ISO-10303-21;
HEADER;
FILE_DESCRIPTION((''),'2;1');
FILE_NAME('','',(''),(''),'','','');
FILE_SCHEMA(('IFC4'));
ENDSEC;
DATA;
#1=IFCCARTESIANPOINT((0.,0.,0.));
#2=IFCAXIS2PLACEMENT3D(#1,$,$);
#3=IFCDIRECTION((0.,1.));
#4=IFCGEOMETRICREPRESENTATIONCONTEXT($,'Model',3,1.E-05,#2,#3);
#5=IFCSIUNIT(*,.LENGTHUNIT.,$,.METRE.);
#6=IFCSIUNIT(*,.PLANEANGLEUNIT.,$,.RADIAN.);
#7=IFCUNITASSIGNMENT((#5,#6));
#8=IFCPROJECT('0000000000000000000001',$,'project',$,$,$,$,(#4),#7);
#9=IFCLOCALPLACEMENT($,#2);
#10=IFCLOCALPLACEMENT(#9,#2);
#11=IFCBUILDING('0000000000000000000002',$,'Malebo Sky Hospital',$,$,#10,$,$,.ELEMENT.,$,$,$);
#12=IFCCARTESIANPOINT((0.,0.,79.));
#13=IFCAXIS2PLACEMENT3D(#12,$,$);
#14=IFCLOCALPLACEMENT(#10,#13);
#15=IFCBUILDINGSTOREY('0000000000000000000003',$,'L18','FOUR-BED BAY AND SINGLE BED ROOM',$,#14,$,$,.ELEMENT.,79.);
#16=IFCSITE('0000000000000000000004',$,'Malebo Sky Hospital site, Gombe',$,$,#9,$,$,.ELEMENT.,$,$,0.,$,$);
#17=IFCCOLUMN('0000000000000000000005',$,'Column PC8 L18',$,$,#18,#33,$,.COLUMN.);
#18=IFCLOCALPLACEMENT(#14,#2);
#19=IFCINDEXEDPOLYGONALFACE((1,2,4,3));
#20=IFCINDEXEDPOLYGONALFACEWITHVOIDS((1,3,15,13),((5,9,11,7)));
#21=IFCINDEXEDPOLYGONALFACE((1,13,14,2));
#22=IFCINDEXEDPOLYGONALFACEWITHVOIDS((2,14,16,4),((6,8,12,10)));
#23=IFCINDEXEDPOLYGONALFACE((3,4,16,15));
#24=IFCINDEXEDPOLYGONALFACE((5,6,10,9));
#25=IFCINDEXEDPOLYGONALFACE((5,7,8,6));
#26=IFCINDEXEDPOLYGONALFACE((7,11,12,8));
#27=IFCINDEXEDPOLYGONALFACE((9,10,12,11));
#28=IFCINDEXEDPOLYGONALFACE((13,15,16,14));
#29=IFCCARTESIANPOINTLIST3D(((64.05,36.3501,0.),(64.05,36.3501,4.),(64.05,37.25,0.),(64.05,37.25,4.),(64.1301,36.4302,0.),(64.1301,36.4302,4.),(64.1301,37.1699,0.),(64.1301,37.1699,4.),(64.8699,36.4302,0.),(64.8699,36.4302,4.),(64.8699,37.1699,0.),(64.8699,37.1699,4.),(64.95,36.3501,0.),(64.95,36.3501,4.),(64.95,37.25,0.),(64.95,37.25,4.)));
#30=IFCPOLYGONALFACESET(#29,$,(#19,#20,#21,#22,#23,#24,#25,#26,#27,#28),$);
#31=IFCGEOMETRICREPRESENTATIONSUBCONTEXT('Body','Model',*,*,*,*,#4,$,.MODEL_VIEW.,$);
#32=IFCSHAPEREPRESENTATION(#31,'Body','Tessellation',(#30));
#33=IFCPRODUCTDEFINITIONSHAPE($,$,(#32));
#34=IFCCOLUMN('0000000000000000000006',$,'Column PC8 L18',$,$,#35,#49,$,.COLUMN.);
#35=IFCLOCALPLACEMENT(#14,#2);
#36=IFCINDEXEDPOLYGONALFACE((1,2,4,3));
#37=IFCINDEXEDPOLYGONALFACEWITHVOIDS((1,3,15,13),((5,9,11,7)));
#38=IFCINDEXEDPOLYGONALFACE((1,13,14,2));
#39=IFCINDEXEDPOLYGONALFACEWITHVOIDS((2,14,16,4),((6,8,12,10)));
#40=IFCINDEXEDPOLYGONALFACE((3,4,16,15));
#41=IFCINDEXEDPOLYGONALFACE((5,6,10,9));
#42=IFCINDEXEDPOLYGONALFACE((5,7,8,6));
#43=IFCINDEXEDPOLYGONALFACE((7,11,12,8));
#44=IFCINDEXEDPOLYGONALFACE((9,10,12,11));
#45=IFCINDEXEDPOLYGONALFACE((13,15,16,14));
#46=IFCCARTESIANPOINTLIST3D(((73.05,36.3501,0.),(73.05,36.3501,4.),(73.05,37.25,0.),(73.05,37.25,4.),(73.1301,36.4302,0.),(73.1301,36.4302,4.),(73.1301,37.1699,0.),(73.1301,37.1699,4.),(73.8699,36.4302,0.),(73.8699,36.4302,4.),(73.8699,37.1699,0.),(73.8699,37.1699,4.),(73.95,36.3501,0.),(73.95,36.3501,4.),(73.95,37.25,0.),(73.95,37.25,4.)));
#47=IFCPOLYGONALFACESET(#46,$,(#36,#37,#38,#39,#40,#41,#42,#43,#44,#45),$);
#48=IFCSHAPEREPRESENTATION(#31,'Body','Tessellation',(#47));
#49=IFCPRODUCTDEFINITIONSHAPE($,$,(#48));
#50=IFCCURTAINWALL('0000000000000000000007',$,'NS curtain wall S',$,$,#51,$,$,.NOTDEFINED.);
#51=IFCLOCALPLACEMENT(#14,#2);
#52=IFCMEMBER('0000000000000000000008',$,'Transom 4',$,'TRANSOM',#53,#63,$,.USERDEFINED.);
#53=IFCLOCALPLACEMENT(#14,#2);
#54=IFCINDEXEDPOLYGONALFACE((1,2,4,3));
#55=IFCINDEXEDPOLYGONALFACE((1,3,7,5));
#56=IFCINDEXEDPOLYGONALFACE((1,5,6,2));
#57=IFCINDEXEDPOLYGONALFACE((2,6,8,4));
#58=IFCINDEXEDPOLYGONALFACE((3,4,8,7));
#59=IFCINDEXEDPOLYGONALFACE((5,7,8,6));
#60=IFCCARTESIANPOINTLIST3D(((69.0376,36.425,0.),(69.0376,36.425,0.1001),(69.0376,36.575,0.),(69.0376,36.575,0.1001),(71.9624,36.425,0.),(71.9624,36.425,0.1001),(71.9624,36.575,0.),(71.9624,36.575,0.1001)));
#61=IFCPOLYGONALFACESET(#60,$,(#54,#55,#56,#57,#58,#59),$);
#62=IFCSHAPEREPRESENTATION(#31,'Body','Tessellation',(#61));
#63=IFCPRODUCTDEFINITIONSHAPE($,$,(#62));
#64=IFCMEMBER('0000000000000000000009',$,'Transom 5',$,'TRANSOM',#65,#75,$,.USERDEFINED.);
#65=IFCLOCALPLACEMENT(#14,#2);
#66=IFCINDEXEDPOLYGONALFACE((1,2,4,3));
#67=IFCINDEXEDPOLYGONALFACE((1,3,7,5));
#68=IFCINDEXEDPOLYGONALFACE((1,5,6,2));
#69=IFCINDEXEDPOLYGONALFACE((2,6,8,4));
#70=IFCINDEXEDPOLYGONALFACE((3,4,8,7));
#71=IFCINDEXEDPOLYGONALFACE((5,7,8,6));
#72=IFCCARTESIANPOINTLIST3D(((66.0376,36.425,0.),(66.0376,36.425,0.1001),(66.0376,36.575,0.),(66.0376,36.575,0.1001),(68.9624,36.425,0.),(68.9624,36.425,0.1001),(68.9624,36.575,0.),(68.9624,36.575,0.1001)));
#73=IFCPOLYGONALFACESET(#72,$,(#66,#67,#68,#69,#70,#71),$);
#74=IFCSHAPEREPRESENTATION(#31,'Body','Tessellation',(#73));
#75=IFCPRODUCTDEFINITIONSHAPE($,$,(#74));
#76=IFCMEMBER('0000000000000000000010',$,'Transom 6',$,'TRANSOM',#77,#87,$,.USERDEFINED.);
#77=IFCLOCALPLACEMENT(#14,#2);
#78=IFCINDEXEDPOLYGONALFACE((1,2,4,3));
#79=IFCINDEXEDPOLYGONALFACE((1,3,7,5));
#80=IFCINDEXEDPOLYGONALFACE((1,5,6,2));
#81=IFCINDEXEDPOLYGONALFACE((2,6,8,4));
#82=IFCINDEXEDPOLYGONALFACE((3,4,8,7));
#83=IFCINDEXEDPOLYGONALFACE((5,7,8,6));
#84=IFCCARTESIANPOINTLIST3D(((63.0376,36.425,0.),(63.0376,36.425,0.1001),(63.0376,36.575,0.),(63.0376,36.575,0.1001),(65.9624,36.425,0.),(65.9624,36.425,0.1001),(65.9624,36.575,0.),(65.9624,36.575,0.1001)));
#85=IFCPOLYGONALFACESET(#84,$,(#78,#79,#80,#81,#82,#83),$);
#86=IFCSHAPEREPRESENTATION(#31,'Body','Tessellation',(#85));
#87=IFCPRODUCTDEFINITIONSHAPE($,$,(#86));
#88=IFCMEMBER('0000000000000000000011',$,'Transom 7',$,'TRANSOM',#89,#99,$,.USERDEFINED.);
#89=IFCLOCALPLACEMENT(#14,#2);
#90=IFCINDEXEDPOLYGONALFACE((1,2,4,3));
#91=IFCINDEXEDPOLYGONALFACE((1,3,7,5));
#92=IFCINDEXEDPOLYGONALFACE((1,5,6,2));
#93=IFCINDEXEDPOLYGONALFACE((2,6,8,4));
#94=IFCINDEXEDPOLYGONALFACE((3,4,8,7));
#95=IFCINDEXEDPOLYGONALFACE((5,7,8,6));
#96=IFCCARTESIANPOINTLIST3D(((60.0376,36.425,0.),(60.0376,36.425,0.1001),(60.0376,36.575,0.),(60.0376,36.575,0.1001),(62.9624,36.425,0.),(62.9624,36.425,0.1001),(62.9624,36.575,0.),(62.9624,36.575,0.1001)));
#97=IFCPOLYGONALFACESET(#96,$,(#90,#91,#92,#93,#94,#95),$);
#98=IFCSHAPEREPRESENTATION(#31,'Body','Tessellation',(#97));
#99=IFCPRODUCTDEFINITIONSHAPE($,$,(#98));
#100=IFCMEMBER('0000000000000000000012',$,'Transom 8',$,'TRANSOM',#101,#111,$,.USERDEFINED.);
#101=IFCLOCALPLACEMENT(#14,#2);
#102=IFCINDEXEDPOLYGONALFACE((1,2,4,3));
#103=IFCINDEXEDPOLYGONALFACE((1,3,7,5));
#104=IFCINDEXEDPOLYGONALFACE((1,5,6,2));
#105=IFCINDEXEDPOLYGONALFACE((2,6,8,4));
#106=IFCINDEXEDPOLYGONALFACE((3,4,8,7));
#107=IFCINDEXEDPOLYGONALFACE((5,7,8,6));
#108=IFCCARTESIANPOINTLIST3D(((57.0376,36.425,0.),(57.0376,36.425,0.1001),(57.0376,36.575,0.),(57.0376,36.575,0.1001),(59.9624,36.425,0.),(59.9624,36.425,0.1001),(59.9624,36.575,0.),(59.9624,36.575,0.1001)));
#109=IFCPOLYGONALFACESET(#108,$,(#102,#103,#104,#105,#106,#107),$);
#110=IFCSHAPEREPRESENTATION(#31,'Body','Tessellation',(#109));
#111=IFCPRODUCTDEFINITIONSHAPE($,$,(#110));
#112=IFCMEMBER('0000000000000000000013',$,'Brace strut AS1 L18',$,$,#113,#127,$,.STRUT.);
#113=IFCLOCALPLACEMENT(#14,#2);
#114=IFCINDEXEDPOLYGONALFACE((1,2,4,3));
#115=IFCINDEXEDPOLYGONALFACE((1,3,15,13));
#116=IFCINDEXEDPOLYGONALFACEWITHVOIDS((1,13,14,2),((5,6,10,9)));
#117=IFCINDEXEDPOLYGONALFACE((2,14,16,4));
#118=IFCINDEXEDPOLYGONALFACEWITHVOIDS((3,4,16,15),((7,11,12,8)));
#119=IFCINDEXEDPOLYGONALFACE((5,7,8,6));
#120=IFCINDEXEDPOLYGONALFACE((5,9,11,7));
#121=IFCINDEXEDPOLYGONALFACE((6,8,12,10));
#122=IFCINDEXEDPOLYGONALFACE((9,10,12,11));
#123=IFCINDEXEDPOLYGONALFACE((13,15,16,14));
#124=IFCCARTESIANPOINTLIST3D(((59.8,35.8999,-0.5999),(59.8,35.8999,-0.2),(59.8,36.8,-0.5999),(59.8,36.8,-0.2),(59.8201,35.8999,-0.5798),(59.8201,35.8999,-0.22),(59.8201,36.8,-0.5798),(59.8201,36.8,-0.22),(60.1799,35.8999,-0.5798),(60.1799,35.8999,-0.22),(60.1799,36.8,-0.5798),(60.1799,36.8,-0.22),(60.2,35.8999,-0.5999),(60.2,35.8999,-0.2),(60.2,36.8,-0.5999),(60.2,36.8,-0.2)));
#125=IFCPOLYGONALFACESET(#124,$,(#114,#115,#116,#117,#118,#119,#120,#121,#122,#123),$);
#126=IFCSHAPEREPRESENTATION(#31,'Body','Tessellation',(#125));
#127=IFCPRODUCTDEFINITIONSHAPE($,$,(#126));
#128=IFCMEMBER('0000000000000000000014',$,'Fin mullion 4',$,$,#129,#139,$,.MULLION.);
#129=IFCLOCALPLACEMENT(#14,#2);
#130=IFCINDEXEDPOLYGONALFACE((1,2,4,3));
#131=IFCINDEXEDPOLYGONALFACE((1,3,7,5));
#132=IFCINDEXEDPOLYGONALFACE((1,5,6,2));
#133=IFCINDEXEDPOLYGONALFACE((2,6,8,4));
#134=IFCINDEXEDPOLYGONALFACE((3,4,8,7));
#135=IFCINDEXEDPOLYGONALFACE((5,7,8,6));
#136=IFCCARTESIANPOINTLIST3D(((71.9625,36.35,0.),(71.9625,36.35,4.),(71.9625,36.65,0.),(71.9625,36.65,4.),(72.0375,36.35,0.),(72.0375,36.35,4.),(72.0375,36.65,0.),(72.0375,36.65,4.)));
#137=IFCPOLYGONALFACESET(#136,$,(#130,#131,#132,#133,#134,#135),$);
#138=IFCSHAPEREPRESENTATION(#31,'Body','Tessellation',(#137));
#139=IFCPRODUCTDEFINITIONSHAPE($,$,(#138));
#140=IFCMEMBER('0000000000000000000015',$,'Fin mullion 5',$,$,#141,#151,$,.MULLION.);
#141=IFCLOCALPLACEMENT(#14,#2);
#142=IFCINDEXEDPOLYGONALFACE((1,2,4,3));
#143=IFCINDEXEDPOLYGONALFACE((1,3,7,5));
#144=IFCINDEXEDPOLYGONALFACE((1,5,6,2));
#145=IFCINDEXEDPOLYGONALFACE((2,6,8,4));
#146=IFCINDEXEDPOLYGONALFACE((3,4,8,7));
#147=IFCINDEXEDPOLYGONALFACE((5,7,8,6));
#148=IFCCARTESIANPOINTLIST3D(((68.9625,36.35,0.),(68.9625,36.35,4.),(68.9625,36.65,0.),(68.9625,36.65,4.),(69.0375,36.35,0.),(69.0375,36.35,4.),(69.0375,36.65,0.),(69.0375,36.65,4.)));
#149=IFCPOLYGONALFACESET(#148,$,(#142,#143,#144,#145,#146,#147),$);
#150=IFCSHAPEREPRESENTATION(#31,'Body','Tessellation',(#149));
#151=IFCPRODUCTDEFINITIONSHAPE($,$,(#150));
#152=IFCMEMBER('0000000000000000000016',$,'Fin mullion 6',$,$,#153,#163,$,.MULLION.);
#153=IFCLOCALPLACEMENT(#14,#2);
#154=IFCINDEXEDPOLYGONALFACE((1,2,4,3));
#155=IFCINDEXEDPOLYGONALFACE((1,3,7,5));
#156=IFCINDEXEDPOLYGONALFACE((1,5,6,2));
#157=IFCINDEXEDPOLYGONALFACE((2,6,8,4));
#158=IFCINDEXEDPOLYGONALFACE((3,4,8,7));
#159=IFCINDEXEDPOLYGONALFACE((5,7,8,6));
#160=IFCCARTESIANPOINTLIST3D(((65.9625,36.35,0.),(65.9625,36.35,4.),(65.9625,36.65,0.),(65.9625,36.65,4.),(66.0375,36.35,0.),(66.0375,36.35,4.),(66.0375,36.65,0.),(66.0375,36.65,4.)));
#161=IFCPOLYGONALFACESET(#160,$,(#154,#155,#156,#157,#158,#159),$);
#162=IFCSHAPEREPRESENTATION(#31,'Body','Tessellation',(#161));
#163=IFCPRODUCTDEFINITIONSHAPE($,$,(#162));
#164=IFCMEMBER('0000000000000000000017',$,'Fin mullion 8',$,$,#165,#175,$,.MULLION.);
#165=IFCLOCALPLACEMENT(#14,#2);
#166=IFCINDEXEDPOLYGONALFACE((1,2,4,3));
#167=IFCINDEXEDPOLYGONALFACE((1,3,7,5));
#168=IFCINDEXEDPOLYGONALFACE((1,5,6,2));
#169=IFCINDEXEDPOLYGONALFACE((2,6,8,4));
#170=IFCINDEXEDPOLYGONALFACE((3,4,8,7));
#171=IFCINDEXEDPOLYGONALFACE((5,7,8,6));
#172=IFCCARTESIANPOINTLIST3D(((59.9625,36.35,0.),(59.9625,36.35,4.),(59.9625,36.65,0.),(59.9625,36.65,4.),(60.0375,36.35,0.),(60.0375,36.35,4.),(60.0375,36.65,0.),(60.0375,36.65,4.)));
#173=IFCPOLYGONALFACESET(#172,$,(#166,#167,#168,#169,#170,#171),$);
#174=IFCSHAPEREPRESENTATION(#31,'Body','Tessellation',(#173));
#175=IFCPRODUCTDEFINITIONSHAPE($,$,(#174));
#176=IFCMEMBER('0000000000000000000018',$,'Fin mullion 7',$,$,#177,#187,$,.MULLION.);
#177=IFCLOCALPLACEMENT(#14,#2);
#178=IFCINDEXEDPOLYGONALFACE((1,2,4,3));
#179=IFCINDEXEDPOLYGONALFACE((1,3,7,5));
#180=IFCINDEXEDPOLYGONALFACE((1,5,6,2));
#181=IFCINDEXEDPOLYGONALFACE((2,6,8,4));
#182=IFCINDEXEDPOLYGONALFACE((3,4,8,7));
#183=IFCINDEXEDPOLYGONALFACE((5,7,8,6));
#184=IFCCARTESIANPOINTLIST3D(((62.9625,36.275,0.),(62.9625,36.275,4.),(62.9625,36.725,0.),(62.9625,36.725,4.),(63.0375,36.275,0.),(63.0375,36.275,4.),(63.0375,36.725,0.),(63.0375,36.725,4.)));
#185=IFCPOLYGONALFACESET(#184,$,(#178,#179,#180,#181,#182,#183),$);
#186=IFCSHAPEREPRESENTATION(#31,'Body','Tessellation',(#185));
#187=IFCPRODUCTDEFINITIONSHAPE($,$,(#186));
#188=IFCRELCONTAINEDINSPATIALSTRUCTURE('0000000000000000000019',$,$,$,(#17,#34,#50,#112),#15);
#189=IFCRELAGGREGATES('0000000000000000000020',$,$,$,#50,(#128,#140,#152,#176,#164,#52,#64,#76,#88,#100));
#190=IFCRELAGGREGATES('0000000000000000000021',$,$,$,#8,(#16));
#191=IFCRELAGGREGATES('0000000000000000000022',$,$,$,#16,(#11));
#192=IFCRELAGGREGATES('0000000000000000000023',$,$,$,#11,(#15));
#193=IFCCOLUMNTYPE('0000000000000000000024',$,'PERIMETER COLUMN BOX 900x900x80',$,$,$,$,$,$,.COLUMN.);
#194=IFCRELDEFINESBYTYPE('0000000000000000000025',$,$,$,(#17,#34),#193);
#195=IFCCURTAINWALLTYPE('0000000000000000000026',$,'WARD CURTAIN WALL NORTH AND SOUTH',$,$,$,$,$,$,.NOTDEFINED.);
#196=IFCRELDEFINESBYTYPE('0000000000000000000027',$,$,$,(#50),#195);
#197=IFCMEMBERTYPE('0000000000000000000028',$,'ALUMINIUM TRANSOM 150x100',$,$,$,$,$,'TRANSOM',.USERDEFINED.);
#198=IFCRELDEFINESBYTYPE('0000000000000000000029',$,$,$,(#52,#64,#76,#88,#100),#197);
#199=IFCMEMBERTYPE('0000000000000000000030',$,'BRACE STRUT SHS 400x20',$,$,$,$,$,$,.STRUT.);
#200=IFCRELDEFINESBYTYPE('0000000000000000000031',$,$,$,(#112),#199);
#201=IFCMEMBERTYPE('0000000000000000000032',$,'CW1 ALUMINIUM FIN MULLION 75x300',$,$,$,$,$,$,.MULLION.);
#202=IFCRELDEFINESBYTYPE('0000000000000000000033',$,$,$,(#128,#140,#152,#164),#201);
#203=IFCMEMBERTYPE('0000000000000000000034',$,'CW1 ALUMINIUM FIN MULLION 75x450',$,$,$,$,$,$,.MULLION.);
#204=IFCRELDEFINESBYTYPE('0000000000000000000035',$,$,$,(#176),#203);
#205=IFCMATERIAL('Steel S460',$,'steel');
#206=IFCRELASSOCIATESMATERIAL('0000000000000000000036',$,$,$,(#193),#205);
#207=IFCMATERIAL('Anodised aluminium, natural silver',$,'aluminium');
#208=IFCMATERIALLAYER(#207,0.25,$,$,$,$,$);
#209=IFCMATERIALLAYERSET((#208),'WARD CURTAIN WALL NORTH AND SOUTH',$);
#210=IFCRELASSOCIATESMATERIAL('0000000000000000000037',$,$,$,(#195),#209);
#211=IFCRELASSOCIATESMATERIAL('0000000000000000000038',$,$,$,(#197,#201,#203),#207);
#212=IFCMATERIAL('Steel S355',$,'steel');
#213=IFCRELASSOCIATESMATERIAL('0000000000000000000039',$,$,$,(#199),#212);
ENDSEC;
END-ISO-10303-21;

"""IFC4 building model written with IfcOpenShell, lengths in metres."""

from ifc_helpers import new_model, si_unit, direction, frame, origin, origin_2d, place, context, subcontext, project, spatial, rectangle, hollow_rectangle, extrude, material, layer, layer_set, material_profile, profile_set, type_object, element, aggregate, save


model = new_model("IFC4")

# Units and contexts
model_context = context("Model", 3, precision=1e-05, world=origin(), true_north=direction((0.0, 1.0)))
body_context = subcontext(model_context, "Body", "Model", "MODEL_VIEW")
ifc_project = project(units=[si_unit("LENGTHUNIT", "METRE"), si_unit("PLANEANGLEUNIT", "RADIAN")], contexts=[model_context])

# Site, building, storey
site_placement = place(None, origin())
site = spatial("IfcSite", under=ifc_project, at=site_placement, Name="Malebo Sky Hospital site, Gombe", CompositionType="ELEMENT", RefElevation=0.0)
building_placement = place(site_placement, origin())
building = spatial("IfcBuilding", under=site, at=building_placement, Name="Malebo Sky Hospital", CompositionType="ELEMENT")
storey_placement = place(building_placement, frame((0.0, 0.0, 79.0)))
storey = spatial("IfcBuildingStorey", under=building, at=storey_placement, Name="L18", Description="FOUR-BED BAY AND SINGLE BED ROOM", CompositionType="ELEMENT", Elevation=79.0)

# Columns
ifc_material_1 = material(Name="Steel S460", Category="steel")
ifc_material_profile_1 = material_profile(ifc_material_1, hollow_rectangle(XDim=0.8999, YDim=0.8999, WallThickness=0.0801, at=origin_2d()), Name="BOX 900x900x80")
ifc_profile_set_1 = profile_set([ifc_material_profile_1], Name="Steel S460")
column_type = type_object("IfcColumnType", Name="PERIMETER COLUMN BOX 900x900x80", PredefinedType="COLUMN", material=ifc_profile_set_1)
for number, where, z_axis, x_axis, name in (
    (1, (64.5, 36.8, 0.0), (0.0, 0.0, 1.0), (1.0, 0.0, 0.0), "Column PC8 L18"),
    (2, (73.5, 36.8, 0.0), (0.0, 0.0, 1.0), (1.0, 0.0, 0.0), "Column PC8 L18"),
):
    element("IfcColumn", number, at=place(storey_placement, frame(where, z_axis=z_axis, x_axis=x_axis)), inside=storey, type_object=column_type, Name=name, PredefinedType="COLUMN", context=body_context, shape_type="SweptSolid", body=[
        extrude(hollow_rectangle(XDim=0.8999, YDim=0.8999, WallThickness=0.0801, at=origin_2d()), origin(), (0.0, 0.0, 1.0), 4.0),
    ])

# Curtain wall, members
ifc_material_2 = material(Name="Anodised aluminium, natural silver", Category="aluminium")
ifc_layer_1 = layer(ifc_material_2, 0.25)
ifc_layer_set_1 = layer_set([ifc_layer_1], Name="WARD CURTAIN WALL NORTH AND SOUTH")
curtain_wall_type = type_object("IfcCurtainWallType", Name="WARD CURTAIN WALL NORTH AND SOUTH", PredefinedType="NOTDEFINED", material=ifc_layer_set_1)
curtain_wall_placement = place(storey_placement, origin())
curtain_wall = element("IfcCurtainWall", 3, at=curtain_wall_placement, inside=storey, type_object=curtain_wall_type, Name="NS curtain wall S", PredefinedType="NOTDEFINED")
ifc_material_profile_2 = material_profile(ifc_material_2, rectangle(XDim=0.1499, YDim=0.1001, at=origin_2d()), Name="ALUMINIUM TRANSOM 150x100")
ifc_profile_set_2 = profile_set([ifc_material_profile_2], Name="Anodised aluminium, natural silver")
member_type_1 = type_object("IfcMemberType", Name="ALUMINIUM TRANSOM 150x100", ElementType="TRANSOM", PredefinedType="USERDEFINED", material=ifc_profile_set_2)
member_1_placement = place(storey_placement, frame((71.9624, 36.5, 0.05), z_axis=(-1.0, 0.0, 0.0), x_axis=(0.0, -1.0, 0.0)))
member_1 = element("IfcMember", 4, at=member_1_placement, type_object=member_type_1, Name="Transom 4", ObjectType="TRANSOM", PredefinedType="USERDEFINED", context=body_context, shape_type="SweptSolid", body=[
    extrude(rectangle(XDim=0.1499, YDim=0.1001, at=origin_2d()), origin(), (0.0, 0.0, 1.0), 2.9248),
])
member_2_placement = place(storey_placement, frame((68.9624, 36.5, 0.05), z_axis=(-1.0, 0.0, 0.0), x_axis=(0.0, -1.0, 0.0)))
member_2 = element("IfcMember", 5, at=member_2_placement, type_object=member_type_1, Name="Transom 5", ObjectType="TRANSOM", PredefinedType="USERDEFINED", context=body_context, shape_type="SweptSolid", body=[
    extrude(rectangle(XDim=0.1499, YDim=0.1001, at=origin_2d()), origin(), (0.0, 0.0, 1.0), 2.9248),
])
member_3_placement = place(storey_placement, frame((65.9624, 36.5, 0.05), z_axis=(-1.0, 0.0, 0.0), x_axis=(0.0, -1.0, 0.0)))
member_3 = element("IfcMember", 6, at=member_3_placement, type_object=member_type_1, Name="Transom 6", ObjectType="TRANSOM", PredefinedType="USERDEFINED", context=body_context, shape_type="SweptSolid", body=[
    extrude(rectangle(XDim=0.1499, YDim=0.1001, at=origin_2d()), origin(), (0.0, 0.0, 1.0), 2.9248),
])
member_4_placement = place(storey_placement, frame((62.9624, 36.5, 0.05), z_axis=(-1.0, 0.0, 0.0), x_axis=(0.0, -1.0, 0.0)))
member_4 = element("IfcMember", 7, at=member_4_placement, type_object=member_type_1, Name="Transom 7", ObjectType="TRANSOM", PredefinedType="USERDEFINED", context=body_context, shape_type="SweptSolid", body=[
    extrude(rectangle(XDim=0.1499, YDim=0.1001, at=origin_2d()), origin(), (0.0, 0.0, 1.0), 2.9248),
])
member_5_placement = place(storey_placement, frame((59.9624, 36.5, 0.05), z_axis=(-1.0, 0.0, 0.0), x_axis=(0.0, -1.0, 0.0)))
member_5 = element("IfcMember", 8, at=member_5_placement, type_object=member_type_1, Name="Transom 8", ObjectType="TRANSOM", PredefinedType="USERDEFINED", context=body_context, shape_type="SweptSolid", body=[
    extrude(rectangle(XDim=0.1499, YDim=0.1001, at=origin_2d()), origin(), (0.0, 0.0, 1.0), 2.9248),
])

# Members
ifc_material_3 = material(Name="Steel S355", Category="steel")
ifc_material_profile_3 = material_profile(ifc_material_3, hollow_rectangle(XDim=0.3999, YDim=0.3999, WallThickness=0.02, at=origin_2d()), Name="SHS 400x20")
ifc_profile_set_3 = profile_set([ifc_material_profile_3], Name="Steel S355")
member_type_2 = type_object("IfcMemberType", Name="BRACE STRUT SHS 400x20", PredefinedType="STRUT", material=ifc_profile_set_3)
member_6_placement = place(storey_placement, frame((60.0, 35.8999, -0.3999), z_axis=(0.0, 1.0, 0.0), x_axis=(-1.0, 0.0, 0.0)))
element("IfcMember", 9, at=member_6_placement, inside=storey, type_object=member_type_2, Name="Brace strut AS1 L18", PredefinedType="STRUT", context=body_context, shape_type="SweptSolid", body=[
    extrude(hollow_rectangle(XDim=0.3999, YDim=0.3999, WallThickness=0.02, at=origin_2d()), origin(), (0.0, 0.0, 1.0), 0.9001),
])
ifc_material_profile_4 = material_profile(ifc_material_2, rectangle(XDim=0.075, YDim=0.3, at=origin_2d()), Name="CW1 ALUMINIUM FIN MULLION 75x300")
ifc_profile_set_4 = profile_set([ifc_material_profile_4], Name="Anodised aluminium, natural silver")
member_type_3 = type_object("IfcMemberType", Name="CW1 ALUMINIUM FIN MULLION 75x300", PredefinedType="MULLION", material=ifc_profile_set_4)
member_7_placement = place(storey_placement, frame((72.0, 36.5, 0.0), z_axis=(0.0, 0.0, 1.0), x_axis=(-1.0, 0.0, 0.0)))
member_7 = element("IfcMember", 10, at=member_7_placement, type_object=member_type_3, Name="Fin mullion 4", PredefinedType="MULLION", context=body_context, shape_type="SweptSolid", body=[
    extrude(rectangle(XDim=0.075, YDim=0.3, at=origin_2d()), origin(), (0.0, 0.0, 1.0), 4.0),
])
member_8_placement = place(storey_placement, frame((69.0, 36.5, 0.0), z_axis=(0.0, 0.0, 1.0), x_axis=(-1.0, 0.0, 0.0)))
member_8 = element("IfcMember", 11, at=member_8_placement, type_object=member_type_3, Name="Fin mullion 5", PredefinedType="MULLION", context=body_context, shape_type="SweptSolid", body=[
    extrude(rectangle(XDim=0.075, YDim=0.3, at=origin_2d()), origin(), (0.0, 0.0, 1.0), 4.0),
])
member_9_placement = place(storey_placement, frame((66.0, 36.5, 0.0), z_axis=(0.0, 0.0, 1.0), x_axis=(-1.0, 0.0, 0.0)))
member_9 = element("IfcMember", 12, at=member_9_placement, type_object=member_type_3, Name="Fin mullion 6", PredefinedType="MULLION", context=body_context, shape_type="SweptSolid", body=[
    extrude(rectangle(XDim=0.075, YDim=0.3, at=origin_2d()), origin(), (0.0, 0.0, 1.0), 4.0),
])
member_10_placement = place(storey_placement, frame((60.0, 36.5, 0.0), z_axis=(0.0, 0.0, 1.0), x_axis=(-1.0, 0.0, 0.0)))
member_10 = element("IfcMember", 13, at=member_10_placement, type_object=member_type_3, Name="Fin mullion 8", PredefinedType="MULLION", context=body_context, shape_type="SweptSolid", body=[
    extrude(rectangle(XDim=0.075, YDim=0.3, at=origin_2d()), origin(), (0.0, 0.0, 1.0), 4.0),
])
ifc_material_profile_5 = material_profile(ifc_material_2, rectangle(XDim=0.075, YDim=0.45, at=origin_2d()), Name="CW1 ALUMINIUM FIN MULLION 75x450")
ifc_profile_set_5 = profile_set([ifc_material_profile_5], Name="Anodised aluminium, natural silver")
member_type_4 = type_object("IfcMemberType", Name="CW1 ALUMINIUM FIN MULLION 75x450", PredefinedType="MULLION", material=ifc_profile_set_5)
member_11_placement = place(storey_placement, frame((63.0, 36.5, 0.0), z_axis=(0.0, 0.0, 1.0), x_axis=(-1.0, 0.0, 0.0)))
member_11 = element("IfcMember", 14, at=member_11_placement, type_object=member_type_4, Name="Fin mullion 7", PredefinedType="MULLION", context=body_context, shape_type="SweptSolid", body=[
    extrude(rectangle(XDim=0.075, YDim=0.45, at=origin_2d()), origin(), (0.0, 0.0, 1.0), 4.0),
])

aggregate(curtain_wall, [member_7, member_8, member_9, member_11, member_10, member_1, member_2, member_3, member_4, member_5])

save(model, "model.ifc")
